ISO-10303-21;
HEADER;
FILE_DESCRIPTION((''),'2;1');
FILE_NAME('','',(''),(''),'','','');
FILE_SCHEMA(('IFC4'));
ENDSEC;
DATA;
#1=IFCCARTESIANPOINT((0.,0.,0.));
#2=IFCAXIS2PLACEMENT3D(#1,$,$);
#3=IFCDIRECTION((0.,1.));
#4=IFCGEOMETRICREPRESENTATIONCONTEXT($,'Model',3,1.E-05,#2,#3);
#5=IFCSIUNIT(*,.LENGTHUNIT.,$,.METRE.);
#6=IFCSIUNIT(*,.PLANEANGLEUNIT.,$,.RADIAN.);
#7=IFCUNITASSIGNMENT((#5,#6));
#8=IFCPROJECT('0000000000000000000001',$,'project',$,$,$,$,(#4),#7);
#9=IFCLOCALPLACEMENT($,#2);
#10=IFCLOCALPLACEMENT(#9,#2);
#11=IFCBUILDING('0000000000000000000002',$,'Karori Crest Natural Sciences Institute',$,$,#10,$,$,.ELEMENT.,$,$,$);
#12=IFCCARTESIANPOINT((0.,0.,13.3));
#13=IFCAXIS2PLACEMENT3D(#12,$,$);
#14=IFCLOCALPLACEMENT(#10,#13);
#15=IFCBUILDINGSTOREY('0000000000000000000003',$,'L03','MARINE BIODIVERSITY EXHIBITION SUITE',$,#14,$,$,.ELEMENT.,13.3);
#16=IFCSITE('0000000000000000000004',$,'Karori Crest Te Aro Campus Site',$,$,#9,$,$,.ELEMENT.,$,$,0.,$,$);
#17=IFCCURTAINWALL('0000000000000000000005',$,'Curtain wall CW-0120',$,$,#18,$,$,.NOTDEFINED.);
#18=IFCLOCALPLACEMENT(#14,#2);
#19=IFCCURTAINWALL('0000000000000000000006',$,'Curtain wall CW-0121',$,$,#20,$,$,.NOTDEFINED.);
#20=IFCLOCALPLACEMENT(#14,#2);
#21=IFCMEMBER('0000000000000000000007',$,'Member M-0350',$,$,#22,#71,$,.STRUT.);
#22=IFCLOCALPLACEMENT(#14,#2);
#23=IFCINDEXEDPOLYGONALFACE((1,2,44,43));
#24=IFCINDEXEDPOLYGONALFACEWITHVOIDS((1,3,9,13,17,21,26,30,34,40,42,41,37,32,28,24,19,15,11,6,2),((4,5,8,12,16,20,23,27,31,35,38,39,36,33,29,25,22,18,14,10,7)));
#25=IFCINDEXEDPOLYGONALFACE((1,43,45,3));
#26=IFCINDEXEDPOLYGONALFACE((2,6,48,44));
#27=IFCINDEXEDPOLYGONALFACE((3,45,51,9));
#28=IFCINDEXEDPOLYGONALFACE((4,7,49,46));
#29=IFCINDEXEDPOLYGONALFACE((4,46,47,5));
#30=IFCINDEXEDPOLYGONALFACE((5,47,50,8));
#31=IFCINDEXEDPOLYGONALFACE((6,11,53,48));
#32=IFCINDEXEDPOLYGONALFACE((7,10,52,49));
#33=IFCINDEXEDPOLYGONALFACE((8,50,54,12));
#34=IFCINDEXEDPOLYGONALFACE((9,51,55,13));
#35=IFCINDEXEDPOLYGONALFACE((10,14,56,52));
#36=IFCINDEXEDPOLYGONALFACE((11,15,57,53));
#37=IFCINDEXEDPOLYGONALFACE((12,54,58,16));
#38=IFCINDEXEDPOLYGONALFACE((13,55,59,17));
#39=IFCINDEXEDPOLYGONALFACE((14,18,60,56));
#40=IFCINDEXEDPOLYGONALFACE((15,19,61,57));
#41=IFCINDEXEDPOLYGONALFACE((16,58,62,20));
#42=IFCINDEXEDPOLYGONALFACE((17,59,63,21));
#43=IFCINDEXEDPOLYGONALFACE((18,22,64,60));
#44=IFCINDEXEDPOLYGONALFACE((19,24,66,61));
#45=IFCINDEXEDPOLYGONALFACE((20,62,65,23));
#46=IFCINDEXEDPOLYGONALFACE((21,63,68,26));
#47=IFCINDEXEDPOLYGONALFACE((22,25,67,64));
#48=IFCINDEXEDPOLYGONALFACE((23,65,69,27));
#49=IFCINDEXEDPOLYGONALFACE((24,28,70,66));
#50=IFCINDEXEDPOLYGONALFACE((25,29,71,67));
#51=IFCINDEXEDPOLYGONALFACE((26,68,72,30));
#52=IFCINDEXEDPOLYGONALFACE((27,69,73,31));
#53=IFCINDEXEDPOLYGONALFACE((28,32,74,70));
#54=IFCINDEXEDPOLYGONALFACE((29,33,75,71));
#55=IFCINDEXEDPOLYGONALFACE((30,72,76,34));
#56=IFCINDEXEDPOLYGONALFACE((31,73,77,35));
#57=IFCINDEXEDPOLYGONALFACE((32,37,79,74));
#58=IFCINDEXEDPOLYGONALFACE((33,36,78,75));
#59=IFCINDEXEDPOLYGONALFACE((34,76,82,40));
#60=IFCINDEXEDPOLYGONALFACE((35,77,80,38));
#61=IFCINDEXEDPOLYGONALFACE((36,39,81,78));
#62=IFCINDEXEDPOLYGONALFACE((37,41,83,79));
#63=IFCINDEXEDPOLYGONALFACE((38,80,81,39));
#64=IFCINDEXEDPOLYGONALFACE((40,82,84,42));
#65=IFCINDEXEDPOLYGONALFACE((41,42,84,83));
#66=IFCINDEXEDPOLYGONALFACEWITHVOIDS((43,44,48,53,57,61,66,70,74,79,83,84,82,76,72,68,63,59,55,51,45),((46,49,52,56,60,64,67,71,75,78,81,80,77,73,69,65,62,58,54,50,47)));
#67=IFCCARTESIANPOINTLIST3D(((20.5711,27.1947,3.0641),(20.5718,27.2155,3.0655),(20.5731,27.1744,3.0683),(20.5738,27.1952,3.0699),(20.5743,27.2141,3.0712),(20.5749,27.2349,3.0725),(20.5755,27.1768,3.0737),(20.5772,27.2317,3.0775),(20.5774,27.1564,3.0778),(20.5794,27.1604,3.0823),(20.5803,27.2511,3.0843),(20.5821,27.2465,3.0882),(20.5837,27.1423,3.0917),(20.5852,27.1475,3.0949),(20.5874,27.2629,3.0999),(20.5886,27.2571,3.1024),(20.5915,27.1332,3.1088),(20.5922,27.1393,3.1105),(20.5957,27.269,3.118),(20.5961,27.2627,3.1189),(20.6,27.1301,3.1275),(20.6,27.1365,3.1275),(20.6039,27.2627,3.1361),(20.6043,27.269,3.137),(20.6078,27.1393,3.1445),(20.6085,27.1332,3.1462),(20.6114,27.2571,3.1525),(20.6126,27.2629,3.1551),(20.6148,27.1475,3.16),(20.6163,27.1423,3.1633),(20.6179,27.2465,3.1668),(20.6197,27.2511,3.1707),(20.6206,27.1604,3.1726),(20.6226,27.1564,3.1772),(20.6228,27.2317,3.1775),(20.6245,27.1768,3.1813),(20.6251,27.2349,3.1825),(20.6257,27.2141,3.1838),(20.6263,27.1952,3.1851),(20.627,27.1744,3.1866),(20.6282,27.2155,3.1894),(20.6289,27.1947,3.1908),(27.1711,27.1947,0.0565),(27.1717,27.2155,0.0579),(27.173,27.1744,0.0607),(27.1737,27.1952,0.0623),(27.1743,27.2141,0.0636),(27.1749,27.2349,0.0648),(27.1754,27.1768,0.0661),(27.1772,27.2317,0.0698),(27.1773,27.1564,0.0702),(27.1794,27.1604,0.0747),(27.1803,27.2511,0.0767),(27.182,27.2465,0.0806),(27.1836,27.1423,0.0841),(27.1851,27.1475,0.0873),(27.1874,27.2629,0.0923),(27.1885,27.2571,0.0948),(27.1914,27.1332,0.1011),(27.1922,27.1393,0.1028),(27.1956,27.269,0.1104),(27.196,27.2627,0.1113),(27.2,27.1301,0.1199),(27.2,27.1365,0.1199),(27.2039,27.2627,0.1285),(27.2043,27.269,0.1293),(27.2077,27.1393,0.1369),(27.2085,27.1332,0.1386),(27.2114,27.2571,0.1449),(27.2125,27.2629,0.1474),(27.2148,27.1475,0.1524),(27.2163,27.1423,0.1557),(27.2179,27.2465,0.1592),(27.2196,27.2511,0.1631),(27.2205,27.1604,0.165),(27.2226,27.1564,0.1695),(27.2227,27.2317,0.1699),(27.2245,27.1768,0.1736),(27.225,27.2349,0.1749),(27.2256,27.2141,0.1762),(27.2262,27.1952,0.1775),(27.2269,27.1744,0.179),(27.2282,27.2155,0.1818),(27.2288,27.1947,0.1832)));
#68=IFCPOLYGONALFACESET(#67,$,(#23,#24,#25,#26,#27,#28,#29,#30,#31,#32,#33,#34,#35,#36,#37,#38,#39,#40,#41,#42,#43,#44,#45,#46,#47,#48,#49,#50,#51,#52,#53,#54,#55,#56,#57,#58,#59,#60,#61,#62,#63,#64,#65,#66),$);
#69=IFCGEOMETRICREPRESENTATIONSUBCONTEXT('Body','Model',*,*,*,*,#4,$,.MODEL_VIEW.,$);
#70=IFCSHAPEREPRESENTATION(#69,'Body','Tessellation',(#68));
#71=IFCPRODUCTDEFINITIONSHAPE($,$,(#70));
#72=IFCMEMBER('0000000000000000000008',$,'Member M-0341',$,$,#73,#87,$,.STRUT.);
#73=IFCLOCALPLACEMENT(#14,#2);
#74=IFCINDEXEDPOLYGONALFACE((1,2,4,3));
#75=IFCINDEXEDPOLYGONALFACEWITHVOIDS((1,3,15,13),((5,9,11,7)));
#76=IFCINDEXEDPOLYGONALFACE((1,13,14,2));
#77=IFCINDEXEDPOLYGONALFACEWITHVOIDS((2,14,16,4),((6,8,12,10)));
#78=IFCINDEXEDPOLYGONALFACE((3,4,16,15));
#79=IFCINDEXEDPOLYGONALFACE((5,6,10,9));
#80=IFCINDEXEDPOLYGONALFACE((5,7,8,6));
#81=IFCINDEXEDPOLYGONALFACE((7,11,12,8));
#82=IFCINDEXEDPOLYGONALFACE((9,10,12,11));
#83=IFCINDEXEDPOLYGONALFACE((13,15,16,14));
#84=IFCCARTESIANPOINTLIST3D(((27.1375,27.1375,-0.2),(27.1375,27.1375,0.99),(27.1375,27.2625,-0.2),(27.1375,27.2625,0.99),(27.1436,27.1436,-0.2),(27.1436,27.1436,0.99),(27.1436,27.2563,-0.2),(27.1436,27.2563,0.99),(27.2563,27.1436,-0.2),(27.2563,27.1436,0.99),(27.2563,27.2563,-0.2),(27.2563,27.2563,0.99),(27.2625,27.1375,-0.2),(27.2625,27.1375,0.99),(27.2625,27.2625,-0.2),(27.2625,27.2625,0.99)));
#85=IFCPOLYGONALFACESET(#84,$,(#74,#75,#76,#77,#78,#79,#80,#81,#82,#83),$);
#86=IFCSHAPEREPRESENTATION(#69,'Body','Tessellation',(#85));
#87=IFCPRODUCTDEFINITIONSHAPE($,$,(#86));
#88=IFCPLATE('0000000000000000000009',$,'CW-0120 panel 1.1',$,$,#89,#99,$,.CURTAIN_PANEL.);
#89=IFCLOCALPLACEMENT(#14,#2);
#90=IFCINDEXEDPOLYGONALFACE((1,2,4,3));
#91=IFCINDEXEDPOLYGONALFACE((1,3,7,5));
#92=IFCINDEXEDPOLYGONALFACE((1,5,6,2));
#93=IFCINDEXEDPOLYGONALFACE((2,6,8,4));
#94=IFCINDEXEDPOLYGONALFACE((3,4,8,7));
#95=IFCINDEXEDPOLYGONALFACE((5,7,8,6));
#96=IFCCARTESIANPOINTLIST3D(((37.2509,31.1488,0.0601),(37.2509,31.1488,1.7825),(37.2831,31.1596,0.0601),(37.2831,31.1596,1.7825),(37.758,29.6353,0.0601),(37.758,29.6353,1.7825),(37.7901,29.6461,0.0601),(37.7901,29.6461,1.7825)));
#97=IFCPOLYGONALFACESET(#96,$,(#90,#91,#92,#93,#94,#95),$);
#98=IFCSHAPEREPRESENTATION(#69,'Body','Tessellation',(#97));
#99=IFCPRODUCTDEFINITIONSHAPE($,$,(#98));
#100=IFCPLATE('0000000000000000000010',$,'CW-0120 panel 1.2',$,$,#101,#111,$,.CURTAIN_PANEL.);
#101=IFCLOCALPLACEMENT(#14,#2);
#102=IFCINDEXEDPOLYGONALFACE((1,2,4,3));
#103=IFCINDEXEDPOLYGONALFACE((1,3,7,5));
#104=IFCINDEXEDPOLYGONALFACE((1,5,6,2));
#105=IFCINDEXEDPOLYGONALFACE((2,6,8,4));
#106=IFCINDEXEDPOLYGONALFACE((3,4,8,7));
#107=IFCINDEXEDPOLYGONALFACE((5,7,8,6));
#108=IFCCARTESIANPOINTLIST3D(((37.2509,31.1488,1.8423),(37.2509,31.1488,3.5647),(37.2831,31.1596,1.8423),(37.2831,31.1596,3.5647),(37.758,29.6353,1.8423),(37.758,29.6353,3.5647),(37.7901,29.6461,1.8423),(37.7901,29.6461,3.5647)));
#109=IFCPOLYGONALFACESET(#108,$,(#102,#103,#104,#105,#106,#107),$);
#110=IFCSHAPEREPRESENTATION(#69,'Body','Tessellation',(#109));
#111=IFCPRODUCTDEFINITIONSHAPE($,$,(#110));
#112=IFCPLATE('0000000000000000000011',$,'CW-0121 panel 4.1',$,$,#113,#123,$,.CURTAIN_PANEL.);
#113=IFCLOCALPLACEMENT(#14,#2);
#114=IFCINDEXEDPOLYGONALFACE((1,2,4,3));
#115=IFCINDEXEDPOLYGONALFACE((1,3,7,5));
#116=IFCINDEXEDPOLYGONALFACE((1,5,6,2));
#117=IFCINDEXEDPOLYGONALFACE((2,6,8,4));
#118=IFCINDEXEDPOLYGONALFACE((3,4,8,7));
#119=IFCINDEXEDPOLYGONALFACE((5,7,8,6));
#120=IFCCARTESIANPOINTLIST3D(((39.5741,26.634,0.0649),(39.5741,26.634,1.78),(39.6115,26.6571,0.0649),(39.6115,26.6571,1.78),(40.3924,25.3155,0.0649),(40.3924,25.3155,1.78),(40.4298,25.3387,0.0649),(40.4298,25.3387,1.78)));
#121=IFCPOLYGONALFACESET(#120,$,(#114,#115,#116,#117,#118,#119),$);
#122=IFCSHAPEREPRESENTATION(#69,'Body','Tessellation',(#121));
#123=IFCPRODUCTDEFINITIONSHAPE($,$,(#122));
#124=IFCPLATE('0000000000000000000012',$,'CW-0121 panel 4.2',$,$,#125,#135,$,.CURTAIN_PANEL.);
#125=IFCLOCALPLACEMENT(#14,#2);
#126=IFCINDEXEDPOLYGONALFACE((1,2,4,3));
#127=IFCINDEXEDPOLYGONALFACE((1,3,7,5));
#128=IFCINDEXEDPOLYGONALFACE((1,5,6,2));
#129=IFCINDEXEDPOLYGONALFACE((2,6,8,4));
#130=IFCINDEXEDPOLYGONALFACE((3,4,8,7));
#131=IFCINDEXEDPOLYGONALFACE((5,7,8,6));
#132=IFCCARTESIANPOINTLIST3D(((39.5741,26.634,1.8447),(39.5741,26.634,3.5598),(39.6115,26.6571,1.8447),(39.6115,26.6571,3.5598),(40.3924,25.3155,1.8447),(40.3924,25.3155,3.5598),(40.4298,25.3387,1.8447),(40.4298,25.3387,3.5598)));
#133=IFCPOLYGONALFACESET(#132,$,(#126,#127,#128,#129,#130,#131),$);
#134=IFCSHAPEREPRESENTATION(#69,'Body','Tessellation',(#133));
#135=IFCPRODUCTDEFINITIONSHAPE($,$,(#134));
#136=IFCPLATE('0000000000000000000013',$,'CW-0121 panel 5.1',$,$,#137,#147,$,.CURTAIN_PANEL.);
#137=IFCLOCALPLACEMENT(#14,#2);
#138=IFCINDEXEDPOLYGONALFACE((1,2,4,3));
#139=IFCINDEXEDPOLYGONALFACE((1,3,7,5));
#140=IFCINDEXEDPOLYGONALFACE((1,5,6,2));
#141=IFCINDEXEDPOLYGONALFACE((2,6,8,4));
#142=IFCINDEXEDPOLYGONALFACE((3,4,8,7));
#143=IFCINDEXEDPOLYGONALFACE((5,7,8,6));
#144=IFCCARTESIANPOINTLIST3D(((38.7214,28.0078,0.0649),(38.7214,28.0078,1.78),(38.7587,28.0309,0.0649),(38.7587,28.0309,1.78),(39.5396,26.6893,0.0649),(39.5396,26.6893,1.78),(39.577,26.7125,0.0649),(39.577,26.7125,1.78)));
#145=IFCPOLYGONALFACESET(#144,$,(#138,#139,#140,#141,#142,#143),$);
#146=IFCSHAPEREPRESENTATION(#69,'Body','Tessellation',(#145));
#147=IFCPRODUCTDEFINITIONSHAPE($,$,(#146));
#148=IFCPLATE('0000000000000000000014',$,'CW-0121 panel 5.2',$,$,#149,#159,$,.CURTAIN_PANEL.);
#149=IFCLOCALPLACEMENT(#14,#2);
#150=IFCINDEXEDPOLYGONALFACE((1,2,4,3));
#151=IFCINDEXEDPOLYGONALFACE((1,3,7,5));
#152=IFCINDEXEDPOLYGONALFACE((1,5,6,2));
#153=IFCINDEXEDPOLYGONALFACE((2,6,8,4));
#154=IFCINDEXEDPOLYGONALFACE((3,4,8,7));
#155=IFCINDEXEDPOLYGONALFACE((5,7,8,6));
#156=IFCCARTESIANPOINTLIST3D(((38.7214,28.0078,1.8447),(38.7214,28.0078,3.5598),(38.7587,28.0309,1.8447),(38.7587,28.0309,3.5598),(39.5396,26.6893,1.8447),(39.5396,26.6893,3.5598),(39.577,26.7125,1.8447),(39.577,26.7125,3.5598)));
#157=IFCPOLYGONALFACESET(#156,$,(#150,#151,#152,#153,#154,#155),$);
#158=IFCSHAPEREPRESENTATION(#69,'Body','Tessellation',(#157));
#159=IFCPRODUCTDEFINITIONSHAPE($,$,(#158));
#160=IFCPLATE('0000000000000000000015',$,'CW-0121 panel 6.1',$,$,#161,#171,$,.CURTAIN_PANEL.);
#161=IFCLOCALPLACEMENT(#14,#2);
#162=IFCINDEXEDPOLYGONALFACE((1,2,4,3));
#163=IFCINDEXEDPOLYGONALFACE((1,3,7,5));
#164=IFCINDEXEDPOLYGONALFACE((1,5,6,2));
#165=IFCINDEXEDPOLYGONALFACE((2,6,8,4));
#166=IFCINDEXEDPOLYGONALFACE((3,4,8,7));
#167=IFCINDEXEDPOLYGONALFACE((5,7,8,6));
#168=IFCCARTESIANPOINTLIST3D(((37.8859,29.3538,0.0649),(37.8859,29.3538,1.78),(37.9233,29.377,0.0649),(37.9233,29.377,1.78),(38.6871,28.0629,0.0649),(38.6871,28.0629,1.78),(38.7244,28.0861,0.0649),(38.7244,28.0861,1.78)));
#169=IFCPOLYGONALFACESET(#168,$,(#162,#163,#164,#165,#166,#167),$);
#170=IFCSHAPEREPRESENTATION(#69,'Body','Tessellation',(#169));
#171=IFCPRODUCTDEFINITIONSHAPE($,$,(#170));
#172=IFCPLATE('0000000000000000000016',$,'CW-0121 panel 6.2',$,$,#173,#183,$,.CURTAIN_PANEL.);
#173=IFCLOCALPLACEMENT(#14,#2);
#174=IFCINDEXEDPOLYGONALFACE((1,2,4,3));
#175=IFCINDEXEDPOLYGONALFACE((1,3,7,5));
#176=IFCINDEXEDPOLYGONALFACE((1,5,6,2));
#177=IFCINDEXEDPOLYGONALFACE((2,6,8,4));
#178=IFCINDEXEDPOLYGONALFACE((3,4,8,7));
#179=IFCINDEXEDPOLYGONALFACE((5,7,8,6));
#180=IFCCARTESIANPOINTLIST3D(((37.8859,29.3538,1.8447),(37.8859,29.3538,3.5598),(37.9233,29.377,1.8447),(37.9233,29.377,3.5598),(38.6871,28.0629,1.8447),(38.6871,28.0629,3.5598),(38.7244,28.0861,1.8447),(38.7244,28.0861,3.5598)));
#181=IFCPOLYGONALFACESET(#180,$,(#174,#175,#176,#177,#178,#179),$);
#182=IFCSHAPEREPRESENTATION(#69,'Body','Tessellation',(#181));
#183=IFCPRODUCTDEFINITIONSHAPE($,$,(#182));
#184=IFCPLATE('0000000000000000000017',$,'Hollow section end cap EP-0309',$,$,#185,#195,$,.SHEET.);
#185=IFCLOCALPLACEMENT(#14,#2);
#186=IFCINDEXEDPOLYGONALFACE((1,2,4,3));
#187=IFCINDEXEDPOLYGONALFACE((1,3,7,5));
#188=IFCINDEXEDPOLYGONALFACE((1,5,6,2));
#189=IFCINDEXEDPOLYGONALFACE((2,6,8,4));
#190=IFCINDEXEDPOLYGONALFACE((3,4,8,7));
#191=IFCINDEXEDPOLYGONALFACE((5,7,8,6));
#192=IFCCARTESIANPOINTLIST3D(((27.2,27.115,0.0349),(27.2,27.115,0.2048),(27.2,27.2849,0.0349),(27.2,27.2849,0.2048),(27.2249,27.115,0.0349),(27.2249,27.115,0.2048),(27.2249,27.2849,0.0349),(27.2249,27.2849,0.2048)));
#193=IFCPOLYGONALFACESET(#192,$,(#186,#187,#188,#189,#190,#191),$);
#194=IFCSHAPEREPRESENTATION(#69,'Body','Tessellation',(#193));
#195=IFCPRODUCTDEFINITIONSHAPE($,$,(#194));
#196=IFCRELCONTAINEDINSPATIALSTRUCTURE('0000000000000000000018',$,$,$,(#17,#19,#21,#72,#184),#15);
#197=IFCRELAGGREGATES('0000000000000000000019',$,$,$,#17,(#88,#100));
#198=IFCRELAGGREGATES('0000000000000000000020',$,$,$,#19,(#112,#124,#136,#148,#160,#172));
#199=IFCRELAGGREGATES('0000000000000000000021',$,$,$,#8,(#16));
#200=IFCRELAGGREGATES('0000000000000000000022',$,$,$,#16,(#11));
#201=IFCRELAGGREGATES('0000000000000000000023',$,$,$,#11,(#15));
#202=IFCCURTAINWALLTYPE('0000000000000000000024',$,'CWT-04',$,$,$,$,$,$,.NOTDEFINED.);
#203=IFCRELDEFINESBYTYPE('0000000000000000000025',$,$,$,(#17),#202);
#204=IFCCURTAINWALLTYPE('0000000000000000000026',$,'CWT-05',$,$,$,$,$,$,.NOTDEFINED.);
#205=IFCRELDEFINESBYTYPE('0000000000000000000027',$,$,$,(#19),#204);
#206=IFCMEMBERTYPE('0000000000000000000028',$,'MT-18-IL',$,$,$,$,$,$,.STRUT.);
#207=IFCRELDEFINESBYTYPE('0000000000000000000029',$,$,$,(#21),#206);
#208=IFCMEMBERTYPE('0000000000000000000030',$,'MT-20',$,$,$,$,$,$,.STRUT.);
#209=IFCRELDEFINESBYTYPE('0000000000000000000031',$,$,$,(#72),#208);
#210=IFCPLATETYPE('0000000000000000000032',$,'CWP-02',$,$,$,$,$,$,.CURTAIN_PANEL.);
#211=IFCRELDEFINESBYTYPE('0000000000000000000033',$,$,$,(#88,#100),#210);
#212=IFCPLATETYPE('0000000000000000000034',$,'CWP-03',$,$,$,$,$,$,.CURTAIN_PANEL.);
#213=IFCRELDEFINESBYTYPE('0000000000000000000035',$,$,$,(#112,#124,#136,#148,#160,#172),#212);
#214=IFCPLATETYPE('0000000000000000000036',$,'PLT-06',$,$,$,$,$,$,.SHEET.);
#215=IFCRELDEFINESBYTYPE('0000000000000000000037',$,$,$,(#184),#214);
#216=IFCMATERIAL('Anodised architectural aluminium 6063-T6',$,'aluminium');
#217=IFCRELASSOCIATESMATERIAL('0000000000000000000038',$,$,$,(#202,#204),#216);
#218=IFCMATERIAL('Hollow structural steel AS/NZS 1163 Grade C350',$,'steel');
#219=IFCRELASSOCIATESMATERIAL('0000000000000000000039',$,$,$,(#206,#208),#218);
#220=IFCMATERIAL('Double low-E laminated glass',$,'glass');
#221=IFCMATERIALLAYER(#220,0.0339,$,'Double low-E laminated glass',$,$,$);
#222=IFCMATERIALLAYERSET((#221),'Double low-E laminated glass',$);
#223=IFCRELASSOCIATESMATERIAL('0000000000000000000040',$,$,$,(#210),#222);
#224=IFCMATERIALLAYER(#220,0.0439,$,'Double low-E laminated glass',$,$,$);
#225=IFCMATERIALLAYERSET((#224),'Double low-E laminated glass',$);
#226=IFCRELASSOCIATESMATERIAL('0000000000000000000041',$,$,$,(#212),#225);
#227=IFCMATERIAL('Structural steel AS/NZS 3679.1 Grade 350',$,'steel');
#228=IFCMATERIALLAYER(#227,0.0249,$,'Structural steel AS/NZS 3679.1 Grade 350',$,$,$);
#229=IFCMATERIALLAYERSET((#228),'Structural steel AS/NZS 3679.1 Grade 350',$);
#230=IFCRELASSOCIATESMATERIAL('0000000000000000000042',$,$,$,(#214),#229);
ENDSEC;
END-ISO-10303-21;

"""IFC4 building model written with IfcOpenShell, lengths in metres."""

from ifc_helpers import new_model, si_unit, direction, frame, origin, origin_2d, place, context, subcontext, project, spatial, rectangle, hollow_rectangle, hollow_circle, extrude, material, layer, layer_set, material_profile, profile_set, type_object, element, aggregate, save


model = new_model("IFC4")

# Units and contexts
model_context = context("Model", 3, precision=1e-05, world=origin(), true_north=direction((0.0, 1.0)))
body_context = subcontext(model_context, "Body", "Model", "MODEL_VIEW")
ifc_project = project(units=[si_unit("LENGTHUNIT", "METRE"), si_unit("PLANEANGLEUNIT", "RADIAN")], contexts=[model_context])

# Site, building, storey
site_placement = place(None, origin())
site = spatial("IfcSite", under=ifc_project, at=site_placement, Name="Karori Crest Te Aro Campus Site", CompositionType="ELEMENT", RefElevation=0.0)
building_placement = place(site_placement, origin())
building = spatial("IfcBuilding", under=site, at=building_placement, Name="Karori Crest Natural Sciences Institute", CompositionType="ELEMENT")
storey_placement = place(building_placement, frame((0.0, 0.0, 13.3)))
storey = spatial("IfcBuildingStorey", under=building, at=storey_placement, Name="L03", Description="MARINE BIODIVERSITY EXHIBITION SUITE", CompositionType="ELEMENT", Elevation=13.3)

# Shared definitions
ifc_material_1 = material(Name="Structural steel AS/NZS 3679.1 Grade 350", Category="steel")

# Shared definitions
ifc_material_2 = material(Name="Hollow structural steel AS/NZS 1163 Grade C350", Category="steel")

# Curtain walls
ifc_material_3 = material(Name="Anodised architectural aluminium 6063-T6", Category="aluminium")
curtain_wall_type_1 = type_object("IfcCurtainWallType", Name="CWT-04", PredefinedType="NOTDEFINED", material=ifc_material_3)
curtain_wall_1_placement = place(storey_placement, origin())
curtain_wall_1 = element("IfcCurtainWall", 1, at=curtain_wall_1_placement, inside=storey, type_object=curtain_wall_type_1, Name="Curtain wall CW-0120", PredefinedType="NOTDEFINED")
curtain_wall_type_2 = type_object("IfcCurtainWallType", Name="CWT-05", PredefinedType="NOTDEFINED", material=ifc_material_3)
curtain_wall_2_placement = place(storey_placement, origin())
curtain_wall_2 = element("IfcCurtainWall", 2, at=curtain_wall_2_placement, inside=storey, type_object=curtain_wall_type_2, Name="Curtain wall CW-0121", PredefinedType="NOTDEFINED")

# Members
ifc_material_profile_1 = material_profile(ifc_material_2, hollow_circle(Radius=0.0698, WallThickness=0.0063, at=origin_2d()), Name="CHS139.7x6.4")
ifc_profile_set_1 = profile_set([ifc_material_profile_1], Name="Hollow structural steel AS/NZS 1163 Grade C350")
member_type_1 = type_object("IfcMemberType", Name="MT-18-IL", PredefinedType="STRUT", material=ifc_profile_set_1)
member_1_placement = place(storey_placement, frame((27.2, 27.2, 0.1199), z_axis=(-0.90997, 0.0, 0.414675), x_axis=(0.0, -1.0, 0.0)))
element("IfcMember", 3, at=member_1_placement, inside=storey, type_object=member_type_1, Name="Member M-0350", PredefinedType="STRUT", context=body_context, shape_type="SweptSolid", body=[
    extrude(hollow_circle(Radius=0.0698, WallThickness=0.0063, at=origin_2d()), origin(), (0.0, 0.0, 1.0), 7.2529),
])
ifc_material_profile_2 = material_profile(ifc_material_2, hollow_rectangle(XDim=0.125, YDim=0.125, WallThickness=0.0061, at=origin_2d()), Name="SHS125x125x6")
ifc_profile_set_2 = profile_set([ifc_material_profile_2], Name="Hollow structural steel AS/NZS 1163 Grade C350")
member_type_2 = type_object("IfcMemberType", Name="MT-20", PredefinedType="STRUT", material=ifc_profile_set_2)
member_2_placement = place(storey_placement, frame((27.2, 27.2, -0.2), z_axis=(0.0, 0.0, 1.0), x_axis=(1.0, 0.0, 0.0)))
element("IfcMember", 4, at=member_2_placement, inside=storey, type_object=member_type_2, Name="Member M-0341", PredefinedType="STRUT", context=body_context, shape_type="SweptSolid", body=[
    extrude(hollow_rectangle(XDim=0.125, YDim=0.125, WallThickness=0.0061, at=origin_2d()), origin(), (0.0, 0.0, 1.0), 1.1899),
])

# Plates
ifc_material_4 = material(Name="Double low-E laminated glass", Category="glass")
ifc_layer_1 = layer(ifc_material_4, 0.0339, Name="Double low-E laminated glass")
ifc_layer_set_1 = layer_set([ifc_layer_1], Name="Double low-E laminated glass")
plate_type_1 = type_object("IfcPlateType", Name="CWP-02", PredefinedType="CURTAIN_PANEL", material=ifc_layer_set_1)
plate_1_placement = place(storey_placement, frame((37.5205, 30.3975, 0.0601), z_axis=(0.0, 0.0, 1.0), x_axis=(-0.31768, 0.948198, 0.0)))
plate_1 = element("IfcPlate", 5, at=plate_1_placement, type_object=plate_type_1, Name="CW-0120 panel 1.1", PredefinedType="CURTAIN_PANEL", context=body_context, shape_type="SweptSolid", body=[
    extrude(rectangle(XDim=1.5962, YDim=0.0339, at=origin_2d()), origin(), (0.0, 0.0, 1.0), 1.7224),
])
plate_2_placement = place(storey_placement, frame((37.5205, 30.3975, 1.8423), z_axis=(0.0, 0.0, 1.0), x_axis=(-0.31768, 0.948198, 0.0)))
plate_2 = element("IfcPlate", 6, at=plate_2_placement, type_object=plate_type_1, Name="CW-0120 panel 1.2", PredefinedType="CURTAIN_PANEL", context=body_context, shape_type="SweptSolid", body=[
    extrude(rectangle(XDim=1.5962, YDim=0.0339, at=origin_2d()), origin(), (0.0, 0.0, 1.0), 1.7224),
])
aggregate(curtain_wall_1, [plate_1, plate_2])
ifc_layer_2 = layer(ifc_material_4, 0.0439, Name="Double low-E laminated glass")
ifc_layer_set_2 = layer_set([ifc_layer_2], Name="Double low-E laminated glass")
plate_type_2 = type_object("IfcPlateType", Name="CWP-03", PredefinedType="CURTAIN_PANEL", material=ifc_layer_set_2)
plate_3_placement = place(storey_placement, frame((40.002, 25.9863, 0.0649), z_axis=(0.0, 0.0, 1.0), x_axis=(-0.527328, 0.849662, 0.0)))
plate_3 = element("IfcPlate", 7, at=plate_3_placement, type_object=plate_type_2, Name="CW-0121 panel 4.1", PredefinedType="CURTAIN_PANEL", context=body_context, shape_type="SweptSolid", body=[
    extrude(rectangle(XDim=1.5518, YDim=0.0439, at=origin_2d()), origin(), (0.0, 0.0, 1.0), 1.7151),
])
plate_4_placement = place(storey_placement, frame((40.002, 25.9863, 1.8447), z_axis=(0.0, 0.0, 1.0), x_axis=(-0.527328, 0.849662, 0.0)))
plate_4 = element("IfcPlate", 8, at=plate_4_placement, type_object=plate_type_2, Name="CW-0121 panel 4.2", PredefinedType="CURTAIN_PANEL", context=body_context, shape_type="SweptSolid", body=[
    extrude(rectangle(XDim=1.5518, YDim=0.0439, at=origin_2d()), origin(), (0.0, 0.0, 1.0), 1.7151),
])
plate_5_placement = place(storey_placement, frame((39.1492, 27.3601, 0.0649), z_axis=(0.0, 0.0, 1.0), x_axis=(-0.527328, 0.849662, 0.0)))
plate_5 = element("IfcPlate", 9, at=plate_5_placement, type_object=plate_type_2, Name="CW-0121 panel 5.1", PredefinedType="CURTAIN_PANEL", context=body_context, shape_type="SweptSolid", body=[
    extrude(rectangle(XDim=1.5518, YDim=0.0439, at=origin_2d()), origin(), (0.0, 0.0, 1.0), 1.7151),
])
plate_6_placement = place(storey_placement, frame((39.1492, 27.3601, 1.8447), z_axis=(0.0, 0.0, 1.0), x_axis=(-0.527328, 0.849662, 0.0)))
plate_6 = element("IfcPlate", 10, at=plate_6_placement, type_object=plate_type_2, Name="CW-0121 panel 5.2", PredefinedType="CURTAIN_PANEL", context=body_context, shape_type="SweptSolid", body=[
    extrude(rectangle(XDim=1.5518, YDim=0.0439, at=origin_2d()), origin(), (0.0, 0.0, 1.0), 1.7151),
])
plate_7_placement = place(storey_placement, frame((38.3052, 28.72, 0.0649), z_axis=(0.0, 0.0, 1.0), x_axis=(-0.527328, 0.849662, 0.0)))
plate_7 = element("IfcPlate", 11, at=plate_7_placement, type_object=plate_type_2, Name="CW-0121 panel 6.1", PredefinedType="CURTAIN_PANEL", context=body_context, shape_type="SweptSolid", body=[
    extrude(rectangle(XDim=1.5193, YDim=0.0439, at=origin_2d()), origin(), (0.0, 0.0, 1.0), 1.7151),
])
plate_8_placement = place(storey_placement, frame((38.3052, 28.72, 1.8447), z_axis=(0.0, 0.0, 1.0), x_axis=(-0.527328, 0.849662, 0.0)))
plate_8 = element("IfcPlate", 12, at=plate_8_placement, type_object=plate_type_2, Name="CW-0121 panel 6.2", PredefinedType="CURTAIN_PANEL", context=body_context, shape_type="SweptSolid", body=[
    extrude(rectangle(XDim=1.5193, YDim=0.0439, at=origin_2d()), origin(), (0.0, 0.0, 1.0), 1.7151),
])
aggregate(curtain_wall_2, [plate_3, plate_4, plate_5, plate_6, plate_7, plate_8])

# Plate
ifc_layer_3 = layer(ifc_material_1, 0.0249, Name="Structural steel AS/NZS 3679.1 Grade 350")
ifc_layer_set_3 = layer_set([ifc_layer_3], Name="Structural steel AS/NZS 3679.1 Grade 350")
plate_type_3 = type_object("IfcPlateType", Name="PLT-06", PredefinedType="SHEET", material=ifc_layer_set_3)
plate_9_placement = place(storey_placement, frame((27.2124, 27.2, 0.0349), z_axis=(0.0, 0.0, 1.0), x_axis=(1.0, 0.0, 0.0)))
element("IfcPlate", 13, at=plate_9_placement, inside=storey, type_object=plate_type_3, Name="Hollow section end cap EP-0309", PredefinedType="SHEET", context=body_context, shape_type="SweptSolid", body=[
    extrude(rectangle(XDim=0.0249, YDim=0.1699, at=origin_2d()), origin(), (0.0, 0.0, 1.0), 0.1699),
])

save(model, "model.ifc")
